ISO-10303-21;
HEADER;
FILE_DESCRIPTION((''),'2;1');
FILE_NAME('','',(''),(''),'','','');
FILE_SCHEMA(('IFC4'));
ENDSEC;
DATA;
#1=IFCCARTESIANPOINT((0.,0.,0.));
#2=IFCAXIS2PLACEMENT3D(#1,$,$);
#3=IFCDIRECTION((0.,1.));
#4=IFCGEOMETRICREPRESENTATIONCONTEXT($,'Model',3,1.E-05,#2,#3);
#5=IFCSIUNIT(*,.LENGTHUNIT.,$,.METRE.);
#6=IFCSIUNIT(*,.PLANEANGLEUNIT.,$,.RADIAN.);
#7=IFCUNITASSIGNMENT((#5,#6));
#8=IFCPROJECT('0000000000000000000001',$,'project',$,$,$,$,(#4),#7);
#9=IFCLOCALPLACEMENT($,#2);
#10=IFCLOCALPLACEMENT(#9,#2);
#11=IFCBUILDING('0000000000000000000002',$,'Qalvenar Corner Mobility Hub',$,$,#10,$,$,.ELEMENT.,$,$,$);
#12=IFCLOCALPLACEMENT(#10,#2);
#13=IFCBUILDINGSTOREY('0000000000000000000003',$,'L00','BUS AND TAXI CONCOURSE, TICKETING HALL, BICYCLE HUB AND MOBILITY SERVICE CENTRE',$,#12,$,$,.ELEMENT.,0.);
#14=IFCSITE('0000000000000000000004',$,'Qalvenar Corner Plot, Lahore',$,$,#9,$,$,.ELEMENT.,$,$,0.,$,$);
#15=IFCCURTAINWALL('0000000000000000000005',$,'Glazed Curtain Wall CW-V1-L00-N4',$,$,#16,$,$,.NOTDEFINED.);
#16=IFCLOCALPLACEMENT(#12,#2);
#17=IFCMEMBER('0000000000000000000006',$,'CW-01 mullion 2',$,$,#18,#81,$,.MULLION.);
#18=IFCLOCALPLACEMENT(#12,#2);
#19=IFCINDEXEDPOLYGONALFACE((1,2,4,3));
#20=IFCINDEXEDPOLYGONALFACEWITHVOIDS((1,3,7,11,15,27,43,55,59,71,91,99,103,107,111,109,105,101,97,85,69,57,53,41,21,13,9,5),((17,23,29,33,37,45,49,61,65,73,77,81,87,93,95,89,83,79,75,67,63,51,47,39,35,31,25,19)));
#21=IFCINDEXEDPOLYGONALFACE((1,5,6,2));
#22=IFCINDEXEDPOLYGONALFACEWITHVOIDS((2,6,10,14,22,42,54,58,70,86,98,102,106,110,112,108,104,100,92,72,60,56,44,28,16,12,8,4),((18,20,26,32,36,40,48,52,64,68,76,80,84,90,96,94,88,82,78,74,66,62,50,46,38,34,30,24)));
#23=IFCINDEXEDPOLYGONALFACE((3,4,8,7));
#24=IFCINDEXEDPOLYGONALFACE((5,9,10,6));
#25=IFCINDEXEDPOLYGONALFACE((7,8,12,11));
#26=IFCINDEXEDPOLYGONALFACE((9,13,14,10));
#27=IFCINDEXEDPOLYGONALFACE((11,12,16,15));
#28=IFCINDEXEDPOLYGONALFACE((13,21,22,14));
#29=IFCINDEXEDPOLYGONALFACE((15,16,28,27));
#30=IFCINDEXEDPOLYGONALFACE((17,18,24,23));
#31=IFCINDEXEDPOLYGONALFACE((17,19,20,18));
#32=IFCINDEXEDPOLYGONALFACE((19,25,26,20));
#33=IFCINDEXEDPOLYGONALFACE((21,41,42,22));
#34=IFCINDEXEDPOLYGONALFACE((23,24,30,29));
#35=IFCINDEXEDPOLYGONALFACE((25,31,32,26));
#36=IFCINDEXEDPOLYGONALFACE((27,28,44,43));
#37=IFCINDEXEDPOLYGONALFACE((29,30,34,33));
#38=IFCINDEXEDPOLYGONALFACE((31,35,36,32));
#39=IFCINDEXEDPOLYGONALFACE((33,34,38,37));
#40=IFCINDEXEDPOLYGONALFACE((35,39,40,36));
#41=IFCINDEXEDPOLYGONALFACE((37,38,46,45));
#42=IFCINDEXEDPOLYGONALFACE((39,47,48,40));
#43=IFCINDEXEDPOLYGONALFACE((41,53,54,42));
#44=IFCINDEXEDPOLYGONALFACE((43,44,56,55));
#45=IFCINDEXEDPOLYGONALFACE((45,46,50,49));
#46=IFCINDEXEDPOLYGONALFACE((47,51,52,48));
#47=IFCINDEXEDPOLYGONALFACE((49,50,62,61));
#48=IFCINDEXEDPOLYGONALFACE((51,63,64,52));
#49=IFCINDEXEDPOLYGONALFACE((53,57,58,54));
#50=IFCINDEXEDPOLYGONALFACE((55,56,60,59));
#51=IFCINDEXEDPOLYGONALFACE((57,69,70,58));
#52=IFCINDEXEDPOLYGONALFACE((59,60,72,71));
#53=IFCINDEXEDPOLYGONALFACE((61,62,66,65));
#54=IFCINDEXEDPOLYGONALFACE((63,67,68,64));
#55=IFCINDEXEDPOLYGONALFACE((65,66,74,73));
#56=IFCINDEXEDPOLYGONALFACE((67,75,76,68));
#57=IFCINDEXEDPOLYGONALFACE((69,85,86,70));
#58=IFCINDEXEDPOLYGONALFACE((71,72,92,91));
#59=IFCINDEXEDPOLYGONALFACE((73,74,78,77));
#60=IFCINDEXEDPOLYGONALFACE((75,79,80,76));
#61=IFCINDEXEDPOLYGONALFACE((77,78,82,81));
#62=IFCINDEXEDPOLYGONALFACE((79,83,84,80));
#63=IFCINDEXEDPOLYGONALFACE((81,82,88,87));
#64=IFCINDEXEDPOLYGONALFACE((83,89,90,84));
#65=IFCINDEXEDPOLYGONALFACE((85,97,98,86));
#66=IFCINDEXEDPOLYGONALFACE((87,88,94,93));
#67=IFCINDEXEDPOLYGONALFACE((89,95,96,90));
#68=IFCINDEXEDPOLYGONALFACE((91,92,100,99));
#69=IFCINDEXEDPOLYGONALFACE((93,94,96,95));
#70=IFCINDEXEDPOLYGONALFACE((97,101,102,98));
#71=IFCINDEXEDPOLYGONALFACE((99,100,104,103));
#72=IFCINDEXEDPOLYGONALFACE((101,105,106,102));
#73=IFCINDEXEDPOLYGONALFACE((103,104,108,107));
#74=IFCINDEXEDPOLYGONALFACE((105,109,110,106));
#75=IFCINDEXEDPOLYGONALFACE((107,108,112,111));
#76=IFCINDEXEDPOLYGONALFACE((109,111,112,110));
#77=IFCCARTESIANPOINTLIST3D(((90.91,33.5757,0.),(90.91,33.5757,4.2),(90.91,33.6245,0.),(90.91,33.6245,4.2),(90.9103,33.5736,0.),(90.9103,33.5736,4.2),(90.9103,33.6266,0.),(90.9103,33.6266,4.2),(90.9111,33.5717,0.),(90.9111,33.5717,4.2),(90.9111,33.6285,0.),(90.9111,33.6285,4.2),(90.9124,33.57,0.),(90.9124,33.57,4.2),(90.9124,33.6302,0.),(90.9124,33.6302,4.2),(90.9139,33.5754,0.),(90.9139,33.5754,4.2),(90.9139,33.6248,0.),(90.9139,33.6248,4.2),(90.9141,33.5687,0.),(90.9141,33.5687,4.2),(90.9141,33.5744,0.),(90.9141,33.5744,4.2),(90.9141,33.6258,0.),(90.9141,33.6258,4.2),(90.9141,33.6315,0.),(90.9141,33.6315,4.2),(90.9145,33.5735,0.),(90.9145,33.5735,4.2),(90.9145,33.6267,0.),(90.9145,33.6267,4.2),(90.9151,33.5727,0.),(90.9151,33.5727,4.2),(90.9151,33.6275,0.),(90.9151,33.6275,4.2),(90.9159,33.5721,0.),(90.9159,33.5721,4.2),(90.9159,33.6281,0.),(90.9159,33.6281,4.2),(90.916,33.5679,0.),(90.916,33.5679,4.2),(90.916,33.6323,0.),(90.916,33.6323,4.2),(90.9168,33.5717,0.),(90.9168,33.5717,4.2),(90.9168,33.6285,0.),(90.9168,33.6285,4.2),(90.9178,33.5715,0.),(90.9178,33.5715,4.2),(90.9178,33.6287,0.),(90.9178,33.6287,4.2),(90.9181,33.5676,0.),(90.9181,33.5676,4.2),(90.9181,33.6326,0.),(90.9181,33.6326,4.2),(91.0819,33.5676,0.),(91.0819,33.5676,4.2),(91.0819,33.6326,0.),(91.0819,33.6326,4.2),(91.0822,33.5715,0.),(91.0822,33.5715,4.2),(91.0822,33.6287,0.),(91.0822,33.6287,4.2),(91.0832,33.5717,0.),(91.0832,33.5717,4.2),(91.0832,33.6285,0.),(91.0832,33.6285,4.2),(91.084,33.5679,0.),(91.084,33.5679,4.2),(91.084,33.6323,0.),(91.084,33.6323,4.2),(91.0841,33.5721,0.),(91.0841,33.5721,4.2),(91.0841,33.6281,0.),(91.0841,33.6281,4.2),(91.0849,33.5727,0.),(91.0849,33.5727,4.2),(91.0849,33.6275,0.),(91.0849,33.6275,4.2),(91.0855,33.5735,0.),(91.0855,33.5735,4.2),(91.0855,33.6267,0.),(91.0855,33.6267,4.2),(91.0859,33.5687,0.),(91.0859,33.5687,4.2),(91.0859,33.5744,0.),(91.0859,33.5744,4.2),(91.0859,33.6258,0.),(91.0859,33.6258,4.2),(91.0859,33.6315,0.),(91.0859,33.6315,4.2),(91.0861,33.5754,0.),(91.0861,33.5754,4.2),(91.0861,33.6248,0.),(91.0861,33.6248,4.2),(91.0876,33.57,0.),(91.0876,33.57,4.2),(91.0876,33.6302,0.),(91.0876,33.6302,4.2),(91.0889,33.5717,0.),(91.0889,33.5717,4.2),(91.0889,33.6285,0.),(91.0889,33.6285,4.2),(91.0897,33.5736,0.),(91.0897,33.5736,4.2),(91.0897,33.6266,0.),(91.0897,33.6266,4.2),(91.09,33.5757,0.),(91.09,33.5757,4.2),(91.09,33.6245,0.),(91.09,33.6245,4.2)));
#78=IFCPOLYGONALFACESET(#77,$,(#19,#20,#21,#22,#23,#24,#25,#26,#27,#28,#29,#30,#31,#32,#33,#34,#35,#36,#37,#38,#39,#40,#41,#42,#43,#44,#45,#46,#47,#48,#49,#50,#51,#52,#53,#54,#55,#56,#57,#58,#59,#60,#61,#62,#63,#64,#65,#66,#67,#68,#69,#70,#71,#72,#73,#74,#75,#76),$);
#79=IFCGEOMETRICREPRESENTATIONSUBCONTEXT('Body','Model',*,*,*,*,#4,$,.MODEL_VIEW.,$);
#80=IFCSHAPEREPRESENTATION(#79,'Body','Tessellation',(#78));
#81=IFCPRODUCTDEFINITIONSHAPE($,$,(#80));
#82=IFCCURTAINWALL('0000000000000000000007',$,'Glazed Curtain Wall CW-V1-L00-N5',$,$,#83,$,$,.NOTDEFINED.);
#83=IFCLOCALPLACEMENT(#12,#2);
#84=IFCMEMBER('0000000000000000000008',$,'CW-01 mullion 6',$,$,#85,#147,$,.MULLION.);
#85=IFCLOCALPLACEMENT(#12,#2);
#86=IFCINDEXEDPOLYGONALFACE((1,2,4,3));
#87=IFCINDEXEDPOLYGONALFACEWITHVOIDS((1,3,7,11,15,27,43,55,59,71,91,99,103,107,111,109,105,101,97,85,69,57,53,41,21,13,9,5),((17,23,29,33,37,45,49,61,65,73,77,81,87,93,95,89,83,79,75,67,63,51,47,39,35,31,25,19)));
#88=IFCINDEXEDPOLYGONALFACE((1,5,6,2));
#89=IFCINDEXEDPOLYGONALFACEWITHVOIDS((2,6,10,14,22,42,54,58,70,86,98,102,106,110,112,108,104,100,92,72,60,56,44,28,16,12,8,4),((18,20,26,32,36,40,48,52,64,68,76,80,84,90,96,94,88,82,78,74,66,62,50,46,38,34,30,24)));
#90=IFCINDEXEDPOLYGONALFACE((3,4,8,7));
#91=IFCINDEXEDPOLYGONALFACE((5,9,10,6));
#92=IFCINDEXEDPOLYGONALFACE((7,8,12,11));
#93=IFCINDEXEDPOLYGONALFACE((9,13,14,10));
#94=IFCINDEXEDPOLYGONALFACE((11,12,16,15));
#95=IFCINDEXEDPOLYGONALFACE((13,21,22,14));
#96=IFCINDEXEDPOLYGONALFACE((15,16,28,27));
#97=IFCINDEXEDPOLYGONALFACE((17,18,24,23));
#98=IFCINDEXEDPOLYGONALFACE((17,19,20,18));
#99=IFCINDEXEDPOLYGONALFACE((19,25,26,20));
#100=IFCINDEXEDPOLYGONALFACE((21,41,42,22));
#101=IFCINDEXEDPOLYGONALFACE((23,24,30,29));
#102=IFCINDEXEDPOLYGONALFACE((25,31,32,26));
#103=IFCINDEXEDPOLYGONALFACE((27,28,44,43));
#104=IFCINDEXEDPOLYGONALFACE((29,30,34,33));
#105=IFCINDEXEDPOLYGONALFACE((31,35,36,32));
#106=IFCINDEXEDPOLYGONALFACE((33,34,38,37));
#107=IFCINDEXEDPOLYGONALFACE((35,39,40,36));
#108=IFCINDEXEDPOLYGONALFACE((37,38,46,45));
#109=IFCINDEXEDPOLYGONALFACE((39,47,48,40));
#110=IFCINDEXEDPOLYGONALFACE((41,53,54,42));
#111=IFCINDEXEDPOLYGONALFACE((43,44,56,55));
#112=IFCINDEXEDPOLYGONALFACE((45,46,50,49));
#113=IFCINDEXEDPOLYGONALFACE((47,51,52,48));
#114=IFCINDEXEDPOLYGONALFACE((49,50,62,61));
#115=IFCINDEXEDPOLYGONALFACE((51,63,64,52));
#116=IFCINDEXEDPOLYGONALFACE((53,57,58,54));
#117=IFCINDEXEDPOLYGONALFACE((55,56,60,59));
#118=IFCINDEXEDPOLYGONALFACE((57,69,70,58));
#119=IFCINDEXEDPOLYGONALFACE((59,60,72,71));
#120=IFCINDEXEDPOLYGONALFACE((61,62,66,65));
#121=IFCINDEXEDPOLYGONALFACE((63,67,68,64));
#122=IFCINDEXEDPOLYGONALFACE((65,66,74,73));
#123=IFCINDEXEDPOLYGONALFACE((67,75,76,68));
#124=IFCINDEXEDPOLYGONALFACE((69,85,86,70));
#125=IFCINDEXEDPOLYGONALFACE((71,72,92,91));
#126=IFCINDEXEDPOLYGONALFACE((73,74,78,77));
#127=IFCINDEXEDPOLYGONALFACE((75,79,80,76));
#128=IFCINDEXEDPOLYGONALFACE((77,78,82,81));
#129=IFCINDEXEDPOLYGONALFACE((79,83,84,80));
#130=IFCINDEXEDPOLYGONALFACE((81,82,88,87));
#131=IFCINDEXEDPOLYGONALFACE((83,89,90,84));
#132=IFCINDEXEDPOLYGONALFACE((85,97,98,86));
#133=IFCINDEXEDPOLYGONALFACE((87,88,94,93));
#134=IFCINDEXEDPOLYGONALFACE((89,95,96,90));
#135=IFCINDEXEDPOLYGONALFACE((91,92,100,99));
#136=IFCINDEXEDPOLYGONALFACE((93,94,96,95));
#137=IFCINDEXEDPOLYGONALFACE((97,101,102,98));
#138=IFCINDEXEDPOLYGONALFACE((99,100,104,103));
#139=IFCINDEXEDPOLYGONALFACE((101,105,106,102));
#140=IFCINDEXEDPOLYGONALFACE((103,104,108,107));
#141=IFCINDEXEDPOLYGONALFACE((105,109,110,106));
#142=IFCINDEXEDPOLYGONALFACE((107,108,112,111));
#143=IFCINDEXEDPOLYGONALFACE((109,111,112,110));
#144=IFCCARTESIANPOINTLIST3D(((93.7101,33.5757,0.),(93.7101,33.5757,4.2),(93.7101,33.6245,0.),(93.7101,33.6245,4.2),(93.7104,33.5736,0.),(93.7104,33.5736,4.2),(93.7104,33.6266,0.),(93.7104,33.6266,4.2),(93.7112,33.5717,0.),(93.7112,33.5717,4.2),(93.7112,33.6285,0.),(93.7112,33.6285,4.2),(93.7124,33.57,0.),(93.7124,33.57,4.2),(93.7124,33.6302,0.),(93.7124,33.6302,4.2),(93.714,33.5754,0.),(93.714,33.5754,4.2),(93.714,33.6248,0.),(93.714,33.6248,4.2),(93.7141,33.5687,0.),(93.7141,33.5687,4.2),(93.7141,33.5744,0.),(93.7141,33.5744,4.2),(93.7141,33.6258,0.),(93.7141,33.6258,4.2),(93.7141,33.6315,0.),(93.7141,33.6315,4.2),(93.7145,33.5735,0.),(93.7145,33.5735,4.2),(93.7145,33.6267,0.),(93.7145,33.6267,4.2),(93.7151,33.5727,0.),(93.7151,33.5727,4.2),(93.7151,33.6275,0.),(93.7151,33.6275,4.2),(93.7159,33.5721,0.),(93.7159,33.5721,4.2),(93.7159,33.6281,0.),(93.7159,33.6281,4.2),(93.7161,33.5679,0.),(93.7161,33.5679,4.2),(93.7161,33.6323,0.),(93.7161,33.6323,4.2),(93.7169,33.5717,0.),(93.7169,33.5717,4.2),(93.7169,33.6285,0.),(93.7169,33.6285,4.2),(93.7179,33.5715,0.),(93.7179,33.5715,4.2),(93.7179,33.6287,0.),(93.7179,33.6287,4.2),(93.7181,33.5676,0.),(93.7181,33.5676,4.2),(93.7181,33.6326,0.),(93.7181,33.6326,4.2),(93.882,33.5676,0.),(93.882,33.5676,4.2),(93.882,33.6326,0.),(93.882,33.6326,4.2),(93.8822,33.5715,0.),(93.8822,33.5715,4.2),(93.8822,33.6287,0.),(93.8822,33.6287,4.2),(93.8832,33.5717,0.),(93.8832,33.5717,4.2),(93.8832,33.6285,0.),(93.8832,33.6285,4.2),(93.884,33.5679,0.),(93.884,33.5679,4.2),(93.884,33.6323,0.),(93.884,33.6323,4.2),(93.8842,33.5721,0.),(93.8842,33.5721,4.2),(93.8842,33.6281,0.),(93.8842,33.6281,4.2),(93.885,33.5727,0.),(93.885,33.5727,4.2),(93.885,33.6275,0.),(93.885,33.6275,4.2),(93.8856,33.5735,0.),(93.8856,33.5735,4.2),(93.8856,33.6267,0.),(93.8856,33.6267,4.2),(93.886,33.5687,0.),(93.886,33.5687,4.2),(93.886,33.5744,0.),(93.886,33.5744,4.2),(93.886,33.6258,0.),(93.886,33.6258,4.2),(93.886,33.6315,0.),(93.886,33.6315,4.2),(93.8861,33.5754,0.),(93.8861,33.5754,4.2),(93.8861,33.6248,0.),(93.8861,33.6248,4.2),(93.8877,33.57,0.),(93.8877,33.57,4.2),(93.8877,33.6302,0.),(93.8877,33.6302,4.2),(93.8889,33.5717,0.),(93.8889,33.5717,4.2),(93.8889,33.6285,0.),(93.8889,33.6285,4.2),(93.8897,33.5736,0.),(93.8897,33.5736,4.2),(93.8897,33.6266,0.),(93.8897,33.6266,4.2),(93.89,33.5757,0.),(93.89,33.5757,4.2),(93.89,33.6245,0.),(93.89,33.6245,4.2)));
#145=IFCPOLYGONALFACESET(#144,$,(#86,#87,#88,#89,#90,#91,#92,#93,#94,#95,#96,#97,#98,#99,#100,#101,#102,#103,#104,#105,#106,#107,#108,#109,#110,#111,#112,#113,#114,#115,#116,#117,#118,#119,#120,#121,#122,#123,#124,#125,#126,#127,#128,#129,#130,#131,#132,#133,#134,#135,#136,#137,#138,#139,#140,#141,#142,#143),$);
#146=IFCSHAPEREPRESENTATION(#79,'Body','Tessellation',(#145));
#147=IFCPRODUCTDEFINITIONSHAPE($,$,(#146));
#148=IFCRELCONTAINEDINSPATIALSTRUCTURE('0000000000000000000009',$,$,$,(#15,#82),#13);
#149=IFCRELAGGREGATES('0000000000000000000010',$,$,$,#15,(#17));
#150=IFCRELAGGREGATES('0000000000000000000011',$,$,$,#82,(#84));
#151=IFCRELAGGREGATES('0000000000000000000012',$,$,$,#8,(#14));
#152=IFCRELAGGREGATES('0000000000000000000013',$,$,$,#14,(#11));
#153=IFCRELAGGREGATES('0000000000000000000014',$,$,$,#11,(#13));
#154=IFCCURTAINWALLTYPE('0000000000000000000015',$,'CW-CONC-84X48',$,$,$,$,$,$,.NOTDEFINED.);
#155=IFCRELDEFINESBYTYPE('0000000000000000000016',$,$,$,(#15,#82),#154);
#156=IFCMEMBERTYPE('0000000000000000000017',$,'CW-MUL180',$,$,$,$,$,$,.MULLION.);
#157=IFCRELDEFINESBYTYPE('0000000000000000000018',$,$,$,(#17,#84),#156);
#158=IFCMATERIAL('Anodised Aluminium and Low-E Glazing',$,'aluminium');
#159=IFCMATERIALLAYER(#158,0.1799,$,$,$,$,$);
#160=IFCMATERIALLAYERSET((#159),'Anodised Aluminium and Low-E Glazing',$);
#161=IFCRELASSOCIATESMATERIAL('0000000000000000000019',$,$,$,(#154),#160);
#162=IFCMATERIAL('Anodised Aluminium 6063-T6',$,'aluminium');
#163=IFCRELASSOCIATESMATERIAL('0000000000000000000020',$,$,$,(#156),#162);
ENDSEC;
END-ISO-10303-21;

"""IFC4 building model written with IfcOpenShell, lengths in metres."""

from ifc_helpers import new_model, si_unit, direction, frame, origin, origin_2d, place, context, subcontext, project, spatial, hollow_rectangle, extrude, material, layer, layer_set, material_profile, profile_set, type_object, element, aggregate, save


model = new_model("IFC4")

# Units and contexts
model_context = context("Model", 3, precision=1e-05, world=origin(), true_north=direction((0.0, 1.0)))
body_context = subcontext(model_context, "Body", "Model", "MODEL_VIEW")
ifc_project = project(units=[si_unit("LENGTHUNIT", "METRE"), si_unit("PLANEANGLEUNIT", "RADIAN")], contexts=[model_context])

# Site, building, storey
site_placement = place(None, origin())
site = spatial("IfcSite", under=ifc_project, at=site_placement, Name="Qalvenar Corner Plot, Lahore", CompositionType="ELEMENT", RefElevation=0.0)
building_placement = place(site_placement, origin())
building = spatial("IfcBuilding", under=site, at=building_placement, Name="Qalvenar Corner Mobility Hub", CompositionType="ELEMENT")
storey_placement = place(building_placement, origin())
storey = spatial("IfcBuildingStorey", under=building, at=storey_placement, Name="L00", Description="BUS AND TAXI CONCOURSE, TICKETING HALL, BICYCLE HUB AND MOBILITY SERVICE CENTRE", CompositionType="ELEMENT", Elevation=0.0)

# Curtain walls, members
ifc_material_1 = material(Name="Anodised Aluminium and Low-E Glazing", Category="aluminium")
ifc_layer_1 = layer(ifc_material_1, 0.1799)
ifc_layer_set_1 = layer_set([ifc_layer_1], Name="Anodised Aluminium and Low-E Glazing")
curtain_wall_type = type_object("IfcCurtainWallType", Name="CW-CONC-84X48", PredefinedType="NOTDEFINED", material=ifc_layer_set_1)
curtain_wall_1_placement = place(storey_placement, origin())
curtain_wall_1 = element("IfcCurtainWall", 1, at=curtain_wall_1_placement, inside=storey, type_object=curtain_wall_type, Name="Glazed Curtain Wall CW-V1-L00-N4", PredefinedType="NOTDEFINED")
ifc_material_2 = material(Name="Anodised Aluminium 6063-T6", Category="aluminium")
ifc_material_profile_1 = material_profile(ifc_material_2, hollow_rectangle(XDim=0.0649, YDim=0.1799, WallThickness=0.0039, InnerFilletRadius=0.0039, OuterFilletRadius=0.0081, at=origin_2d()), Name="RHS180x65x4")
ifc_profile_set_1 = profile_set([ifc_material_profile_1], Name="Anodised Aluminium 6063-T6")
member_type_1 = type_object("IfcMemberType", Name="CW-MUL180", PredefinedType="MULLION", material=ifc_profile_set_1)
member_1_placement = place(storey_placement, frame((91.0, 33.6001, 0.0), z_axis=(0.0, 0.0, 1.0), x_axis=(0.0, -1.0, 0.0)))
member_1 = element("IfcMember", 2, at=member_1_placement, type_object=member_type_1, Name="CW-01 mullion 2", PredefinedType="MULLION", context=body_context, shape_type="SweptSolid", body=[
    extrude(hollow_rectangle(XDim=0.0649, YDim=0.1799, WallThickness=0.0039, InnerFilletRadius=0.0039, OuterFilletRadius=0.0081, at=origin_2d()), origin(), (0.0, 0.0, 1.0), 4.2),
])
curtain_wall_2_placement = place(storey_placement, origin())
curtain_wall_2 = element("IfcCurtainWall", 3, at=curtain_wall_2_placement, inside=storey, type_object=curtain_wall_type, Name="Glazed Curtain Wall CW-V1-L00-N5", PredefinedType="NOTDEFINED")
member_2_placement = place(storey_placement, frame((93.8, 33.6001, 0.0), z_axis=(0.0, 0.0, 1.0), x_axis=(0.0, -1.0, 0.0)))
member_2 = element("IfcMember", 4, at=member_2_placement, type_object=member_type_1, Name="CW-01 mullion 6", PredefinedType="MULLION", context=body_context, shape_type="SweptSolid", body=[
    extrude(hollow_rectangle(XDim=0.0649, YDim=0.1799, WallThickness=0.0039, InnerFilletRadius=0.0039, OuterFilletRadius=0.0081, at=origin_2d()), origin(), (0.0, 0.0, 1.0), 4.2),
])

aggregate(curtain_wall_1, [member_1])
aggregate(curtain_wall_2, [member_2])

save(model, "model.ifc")
